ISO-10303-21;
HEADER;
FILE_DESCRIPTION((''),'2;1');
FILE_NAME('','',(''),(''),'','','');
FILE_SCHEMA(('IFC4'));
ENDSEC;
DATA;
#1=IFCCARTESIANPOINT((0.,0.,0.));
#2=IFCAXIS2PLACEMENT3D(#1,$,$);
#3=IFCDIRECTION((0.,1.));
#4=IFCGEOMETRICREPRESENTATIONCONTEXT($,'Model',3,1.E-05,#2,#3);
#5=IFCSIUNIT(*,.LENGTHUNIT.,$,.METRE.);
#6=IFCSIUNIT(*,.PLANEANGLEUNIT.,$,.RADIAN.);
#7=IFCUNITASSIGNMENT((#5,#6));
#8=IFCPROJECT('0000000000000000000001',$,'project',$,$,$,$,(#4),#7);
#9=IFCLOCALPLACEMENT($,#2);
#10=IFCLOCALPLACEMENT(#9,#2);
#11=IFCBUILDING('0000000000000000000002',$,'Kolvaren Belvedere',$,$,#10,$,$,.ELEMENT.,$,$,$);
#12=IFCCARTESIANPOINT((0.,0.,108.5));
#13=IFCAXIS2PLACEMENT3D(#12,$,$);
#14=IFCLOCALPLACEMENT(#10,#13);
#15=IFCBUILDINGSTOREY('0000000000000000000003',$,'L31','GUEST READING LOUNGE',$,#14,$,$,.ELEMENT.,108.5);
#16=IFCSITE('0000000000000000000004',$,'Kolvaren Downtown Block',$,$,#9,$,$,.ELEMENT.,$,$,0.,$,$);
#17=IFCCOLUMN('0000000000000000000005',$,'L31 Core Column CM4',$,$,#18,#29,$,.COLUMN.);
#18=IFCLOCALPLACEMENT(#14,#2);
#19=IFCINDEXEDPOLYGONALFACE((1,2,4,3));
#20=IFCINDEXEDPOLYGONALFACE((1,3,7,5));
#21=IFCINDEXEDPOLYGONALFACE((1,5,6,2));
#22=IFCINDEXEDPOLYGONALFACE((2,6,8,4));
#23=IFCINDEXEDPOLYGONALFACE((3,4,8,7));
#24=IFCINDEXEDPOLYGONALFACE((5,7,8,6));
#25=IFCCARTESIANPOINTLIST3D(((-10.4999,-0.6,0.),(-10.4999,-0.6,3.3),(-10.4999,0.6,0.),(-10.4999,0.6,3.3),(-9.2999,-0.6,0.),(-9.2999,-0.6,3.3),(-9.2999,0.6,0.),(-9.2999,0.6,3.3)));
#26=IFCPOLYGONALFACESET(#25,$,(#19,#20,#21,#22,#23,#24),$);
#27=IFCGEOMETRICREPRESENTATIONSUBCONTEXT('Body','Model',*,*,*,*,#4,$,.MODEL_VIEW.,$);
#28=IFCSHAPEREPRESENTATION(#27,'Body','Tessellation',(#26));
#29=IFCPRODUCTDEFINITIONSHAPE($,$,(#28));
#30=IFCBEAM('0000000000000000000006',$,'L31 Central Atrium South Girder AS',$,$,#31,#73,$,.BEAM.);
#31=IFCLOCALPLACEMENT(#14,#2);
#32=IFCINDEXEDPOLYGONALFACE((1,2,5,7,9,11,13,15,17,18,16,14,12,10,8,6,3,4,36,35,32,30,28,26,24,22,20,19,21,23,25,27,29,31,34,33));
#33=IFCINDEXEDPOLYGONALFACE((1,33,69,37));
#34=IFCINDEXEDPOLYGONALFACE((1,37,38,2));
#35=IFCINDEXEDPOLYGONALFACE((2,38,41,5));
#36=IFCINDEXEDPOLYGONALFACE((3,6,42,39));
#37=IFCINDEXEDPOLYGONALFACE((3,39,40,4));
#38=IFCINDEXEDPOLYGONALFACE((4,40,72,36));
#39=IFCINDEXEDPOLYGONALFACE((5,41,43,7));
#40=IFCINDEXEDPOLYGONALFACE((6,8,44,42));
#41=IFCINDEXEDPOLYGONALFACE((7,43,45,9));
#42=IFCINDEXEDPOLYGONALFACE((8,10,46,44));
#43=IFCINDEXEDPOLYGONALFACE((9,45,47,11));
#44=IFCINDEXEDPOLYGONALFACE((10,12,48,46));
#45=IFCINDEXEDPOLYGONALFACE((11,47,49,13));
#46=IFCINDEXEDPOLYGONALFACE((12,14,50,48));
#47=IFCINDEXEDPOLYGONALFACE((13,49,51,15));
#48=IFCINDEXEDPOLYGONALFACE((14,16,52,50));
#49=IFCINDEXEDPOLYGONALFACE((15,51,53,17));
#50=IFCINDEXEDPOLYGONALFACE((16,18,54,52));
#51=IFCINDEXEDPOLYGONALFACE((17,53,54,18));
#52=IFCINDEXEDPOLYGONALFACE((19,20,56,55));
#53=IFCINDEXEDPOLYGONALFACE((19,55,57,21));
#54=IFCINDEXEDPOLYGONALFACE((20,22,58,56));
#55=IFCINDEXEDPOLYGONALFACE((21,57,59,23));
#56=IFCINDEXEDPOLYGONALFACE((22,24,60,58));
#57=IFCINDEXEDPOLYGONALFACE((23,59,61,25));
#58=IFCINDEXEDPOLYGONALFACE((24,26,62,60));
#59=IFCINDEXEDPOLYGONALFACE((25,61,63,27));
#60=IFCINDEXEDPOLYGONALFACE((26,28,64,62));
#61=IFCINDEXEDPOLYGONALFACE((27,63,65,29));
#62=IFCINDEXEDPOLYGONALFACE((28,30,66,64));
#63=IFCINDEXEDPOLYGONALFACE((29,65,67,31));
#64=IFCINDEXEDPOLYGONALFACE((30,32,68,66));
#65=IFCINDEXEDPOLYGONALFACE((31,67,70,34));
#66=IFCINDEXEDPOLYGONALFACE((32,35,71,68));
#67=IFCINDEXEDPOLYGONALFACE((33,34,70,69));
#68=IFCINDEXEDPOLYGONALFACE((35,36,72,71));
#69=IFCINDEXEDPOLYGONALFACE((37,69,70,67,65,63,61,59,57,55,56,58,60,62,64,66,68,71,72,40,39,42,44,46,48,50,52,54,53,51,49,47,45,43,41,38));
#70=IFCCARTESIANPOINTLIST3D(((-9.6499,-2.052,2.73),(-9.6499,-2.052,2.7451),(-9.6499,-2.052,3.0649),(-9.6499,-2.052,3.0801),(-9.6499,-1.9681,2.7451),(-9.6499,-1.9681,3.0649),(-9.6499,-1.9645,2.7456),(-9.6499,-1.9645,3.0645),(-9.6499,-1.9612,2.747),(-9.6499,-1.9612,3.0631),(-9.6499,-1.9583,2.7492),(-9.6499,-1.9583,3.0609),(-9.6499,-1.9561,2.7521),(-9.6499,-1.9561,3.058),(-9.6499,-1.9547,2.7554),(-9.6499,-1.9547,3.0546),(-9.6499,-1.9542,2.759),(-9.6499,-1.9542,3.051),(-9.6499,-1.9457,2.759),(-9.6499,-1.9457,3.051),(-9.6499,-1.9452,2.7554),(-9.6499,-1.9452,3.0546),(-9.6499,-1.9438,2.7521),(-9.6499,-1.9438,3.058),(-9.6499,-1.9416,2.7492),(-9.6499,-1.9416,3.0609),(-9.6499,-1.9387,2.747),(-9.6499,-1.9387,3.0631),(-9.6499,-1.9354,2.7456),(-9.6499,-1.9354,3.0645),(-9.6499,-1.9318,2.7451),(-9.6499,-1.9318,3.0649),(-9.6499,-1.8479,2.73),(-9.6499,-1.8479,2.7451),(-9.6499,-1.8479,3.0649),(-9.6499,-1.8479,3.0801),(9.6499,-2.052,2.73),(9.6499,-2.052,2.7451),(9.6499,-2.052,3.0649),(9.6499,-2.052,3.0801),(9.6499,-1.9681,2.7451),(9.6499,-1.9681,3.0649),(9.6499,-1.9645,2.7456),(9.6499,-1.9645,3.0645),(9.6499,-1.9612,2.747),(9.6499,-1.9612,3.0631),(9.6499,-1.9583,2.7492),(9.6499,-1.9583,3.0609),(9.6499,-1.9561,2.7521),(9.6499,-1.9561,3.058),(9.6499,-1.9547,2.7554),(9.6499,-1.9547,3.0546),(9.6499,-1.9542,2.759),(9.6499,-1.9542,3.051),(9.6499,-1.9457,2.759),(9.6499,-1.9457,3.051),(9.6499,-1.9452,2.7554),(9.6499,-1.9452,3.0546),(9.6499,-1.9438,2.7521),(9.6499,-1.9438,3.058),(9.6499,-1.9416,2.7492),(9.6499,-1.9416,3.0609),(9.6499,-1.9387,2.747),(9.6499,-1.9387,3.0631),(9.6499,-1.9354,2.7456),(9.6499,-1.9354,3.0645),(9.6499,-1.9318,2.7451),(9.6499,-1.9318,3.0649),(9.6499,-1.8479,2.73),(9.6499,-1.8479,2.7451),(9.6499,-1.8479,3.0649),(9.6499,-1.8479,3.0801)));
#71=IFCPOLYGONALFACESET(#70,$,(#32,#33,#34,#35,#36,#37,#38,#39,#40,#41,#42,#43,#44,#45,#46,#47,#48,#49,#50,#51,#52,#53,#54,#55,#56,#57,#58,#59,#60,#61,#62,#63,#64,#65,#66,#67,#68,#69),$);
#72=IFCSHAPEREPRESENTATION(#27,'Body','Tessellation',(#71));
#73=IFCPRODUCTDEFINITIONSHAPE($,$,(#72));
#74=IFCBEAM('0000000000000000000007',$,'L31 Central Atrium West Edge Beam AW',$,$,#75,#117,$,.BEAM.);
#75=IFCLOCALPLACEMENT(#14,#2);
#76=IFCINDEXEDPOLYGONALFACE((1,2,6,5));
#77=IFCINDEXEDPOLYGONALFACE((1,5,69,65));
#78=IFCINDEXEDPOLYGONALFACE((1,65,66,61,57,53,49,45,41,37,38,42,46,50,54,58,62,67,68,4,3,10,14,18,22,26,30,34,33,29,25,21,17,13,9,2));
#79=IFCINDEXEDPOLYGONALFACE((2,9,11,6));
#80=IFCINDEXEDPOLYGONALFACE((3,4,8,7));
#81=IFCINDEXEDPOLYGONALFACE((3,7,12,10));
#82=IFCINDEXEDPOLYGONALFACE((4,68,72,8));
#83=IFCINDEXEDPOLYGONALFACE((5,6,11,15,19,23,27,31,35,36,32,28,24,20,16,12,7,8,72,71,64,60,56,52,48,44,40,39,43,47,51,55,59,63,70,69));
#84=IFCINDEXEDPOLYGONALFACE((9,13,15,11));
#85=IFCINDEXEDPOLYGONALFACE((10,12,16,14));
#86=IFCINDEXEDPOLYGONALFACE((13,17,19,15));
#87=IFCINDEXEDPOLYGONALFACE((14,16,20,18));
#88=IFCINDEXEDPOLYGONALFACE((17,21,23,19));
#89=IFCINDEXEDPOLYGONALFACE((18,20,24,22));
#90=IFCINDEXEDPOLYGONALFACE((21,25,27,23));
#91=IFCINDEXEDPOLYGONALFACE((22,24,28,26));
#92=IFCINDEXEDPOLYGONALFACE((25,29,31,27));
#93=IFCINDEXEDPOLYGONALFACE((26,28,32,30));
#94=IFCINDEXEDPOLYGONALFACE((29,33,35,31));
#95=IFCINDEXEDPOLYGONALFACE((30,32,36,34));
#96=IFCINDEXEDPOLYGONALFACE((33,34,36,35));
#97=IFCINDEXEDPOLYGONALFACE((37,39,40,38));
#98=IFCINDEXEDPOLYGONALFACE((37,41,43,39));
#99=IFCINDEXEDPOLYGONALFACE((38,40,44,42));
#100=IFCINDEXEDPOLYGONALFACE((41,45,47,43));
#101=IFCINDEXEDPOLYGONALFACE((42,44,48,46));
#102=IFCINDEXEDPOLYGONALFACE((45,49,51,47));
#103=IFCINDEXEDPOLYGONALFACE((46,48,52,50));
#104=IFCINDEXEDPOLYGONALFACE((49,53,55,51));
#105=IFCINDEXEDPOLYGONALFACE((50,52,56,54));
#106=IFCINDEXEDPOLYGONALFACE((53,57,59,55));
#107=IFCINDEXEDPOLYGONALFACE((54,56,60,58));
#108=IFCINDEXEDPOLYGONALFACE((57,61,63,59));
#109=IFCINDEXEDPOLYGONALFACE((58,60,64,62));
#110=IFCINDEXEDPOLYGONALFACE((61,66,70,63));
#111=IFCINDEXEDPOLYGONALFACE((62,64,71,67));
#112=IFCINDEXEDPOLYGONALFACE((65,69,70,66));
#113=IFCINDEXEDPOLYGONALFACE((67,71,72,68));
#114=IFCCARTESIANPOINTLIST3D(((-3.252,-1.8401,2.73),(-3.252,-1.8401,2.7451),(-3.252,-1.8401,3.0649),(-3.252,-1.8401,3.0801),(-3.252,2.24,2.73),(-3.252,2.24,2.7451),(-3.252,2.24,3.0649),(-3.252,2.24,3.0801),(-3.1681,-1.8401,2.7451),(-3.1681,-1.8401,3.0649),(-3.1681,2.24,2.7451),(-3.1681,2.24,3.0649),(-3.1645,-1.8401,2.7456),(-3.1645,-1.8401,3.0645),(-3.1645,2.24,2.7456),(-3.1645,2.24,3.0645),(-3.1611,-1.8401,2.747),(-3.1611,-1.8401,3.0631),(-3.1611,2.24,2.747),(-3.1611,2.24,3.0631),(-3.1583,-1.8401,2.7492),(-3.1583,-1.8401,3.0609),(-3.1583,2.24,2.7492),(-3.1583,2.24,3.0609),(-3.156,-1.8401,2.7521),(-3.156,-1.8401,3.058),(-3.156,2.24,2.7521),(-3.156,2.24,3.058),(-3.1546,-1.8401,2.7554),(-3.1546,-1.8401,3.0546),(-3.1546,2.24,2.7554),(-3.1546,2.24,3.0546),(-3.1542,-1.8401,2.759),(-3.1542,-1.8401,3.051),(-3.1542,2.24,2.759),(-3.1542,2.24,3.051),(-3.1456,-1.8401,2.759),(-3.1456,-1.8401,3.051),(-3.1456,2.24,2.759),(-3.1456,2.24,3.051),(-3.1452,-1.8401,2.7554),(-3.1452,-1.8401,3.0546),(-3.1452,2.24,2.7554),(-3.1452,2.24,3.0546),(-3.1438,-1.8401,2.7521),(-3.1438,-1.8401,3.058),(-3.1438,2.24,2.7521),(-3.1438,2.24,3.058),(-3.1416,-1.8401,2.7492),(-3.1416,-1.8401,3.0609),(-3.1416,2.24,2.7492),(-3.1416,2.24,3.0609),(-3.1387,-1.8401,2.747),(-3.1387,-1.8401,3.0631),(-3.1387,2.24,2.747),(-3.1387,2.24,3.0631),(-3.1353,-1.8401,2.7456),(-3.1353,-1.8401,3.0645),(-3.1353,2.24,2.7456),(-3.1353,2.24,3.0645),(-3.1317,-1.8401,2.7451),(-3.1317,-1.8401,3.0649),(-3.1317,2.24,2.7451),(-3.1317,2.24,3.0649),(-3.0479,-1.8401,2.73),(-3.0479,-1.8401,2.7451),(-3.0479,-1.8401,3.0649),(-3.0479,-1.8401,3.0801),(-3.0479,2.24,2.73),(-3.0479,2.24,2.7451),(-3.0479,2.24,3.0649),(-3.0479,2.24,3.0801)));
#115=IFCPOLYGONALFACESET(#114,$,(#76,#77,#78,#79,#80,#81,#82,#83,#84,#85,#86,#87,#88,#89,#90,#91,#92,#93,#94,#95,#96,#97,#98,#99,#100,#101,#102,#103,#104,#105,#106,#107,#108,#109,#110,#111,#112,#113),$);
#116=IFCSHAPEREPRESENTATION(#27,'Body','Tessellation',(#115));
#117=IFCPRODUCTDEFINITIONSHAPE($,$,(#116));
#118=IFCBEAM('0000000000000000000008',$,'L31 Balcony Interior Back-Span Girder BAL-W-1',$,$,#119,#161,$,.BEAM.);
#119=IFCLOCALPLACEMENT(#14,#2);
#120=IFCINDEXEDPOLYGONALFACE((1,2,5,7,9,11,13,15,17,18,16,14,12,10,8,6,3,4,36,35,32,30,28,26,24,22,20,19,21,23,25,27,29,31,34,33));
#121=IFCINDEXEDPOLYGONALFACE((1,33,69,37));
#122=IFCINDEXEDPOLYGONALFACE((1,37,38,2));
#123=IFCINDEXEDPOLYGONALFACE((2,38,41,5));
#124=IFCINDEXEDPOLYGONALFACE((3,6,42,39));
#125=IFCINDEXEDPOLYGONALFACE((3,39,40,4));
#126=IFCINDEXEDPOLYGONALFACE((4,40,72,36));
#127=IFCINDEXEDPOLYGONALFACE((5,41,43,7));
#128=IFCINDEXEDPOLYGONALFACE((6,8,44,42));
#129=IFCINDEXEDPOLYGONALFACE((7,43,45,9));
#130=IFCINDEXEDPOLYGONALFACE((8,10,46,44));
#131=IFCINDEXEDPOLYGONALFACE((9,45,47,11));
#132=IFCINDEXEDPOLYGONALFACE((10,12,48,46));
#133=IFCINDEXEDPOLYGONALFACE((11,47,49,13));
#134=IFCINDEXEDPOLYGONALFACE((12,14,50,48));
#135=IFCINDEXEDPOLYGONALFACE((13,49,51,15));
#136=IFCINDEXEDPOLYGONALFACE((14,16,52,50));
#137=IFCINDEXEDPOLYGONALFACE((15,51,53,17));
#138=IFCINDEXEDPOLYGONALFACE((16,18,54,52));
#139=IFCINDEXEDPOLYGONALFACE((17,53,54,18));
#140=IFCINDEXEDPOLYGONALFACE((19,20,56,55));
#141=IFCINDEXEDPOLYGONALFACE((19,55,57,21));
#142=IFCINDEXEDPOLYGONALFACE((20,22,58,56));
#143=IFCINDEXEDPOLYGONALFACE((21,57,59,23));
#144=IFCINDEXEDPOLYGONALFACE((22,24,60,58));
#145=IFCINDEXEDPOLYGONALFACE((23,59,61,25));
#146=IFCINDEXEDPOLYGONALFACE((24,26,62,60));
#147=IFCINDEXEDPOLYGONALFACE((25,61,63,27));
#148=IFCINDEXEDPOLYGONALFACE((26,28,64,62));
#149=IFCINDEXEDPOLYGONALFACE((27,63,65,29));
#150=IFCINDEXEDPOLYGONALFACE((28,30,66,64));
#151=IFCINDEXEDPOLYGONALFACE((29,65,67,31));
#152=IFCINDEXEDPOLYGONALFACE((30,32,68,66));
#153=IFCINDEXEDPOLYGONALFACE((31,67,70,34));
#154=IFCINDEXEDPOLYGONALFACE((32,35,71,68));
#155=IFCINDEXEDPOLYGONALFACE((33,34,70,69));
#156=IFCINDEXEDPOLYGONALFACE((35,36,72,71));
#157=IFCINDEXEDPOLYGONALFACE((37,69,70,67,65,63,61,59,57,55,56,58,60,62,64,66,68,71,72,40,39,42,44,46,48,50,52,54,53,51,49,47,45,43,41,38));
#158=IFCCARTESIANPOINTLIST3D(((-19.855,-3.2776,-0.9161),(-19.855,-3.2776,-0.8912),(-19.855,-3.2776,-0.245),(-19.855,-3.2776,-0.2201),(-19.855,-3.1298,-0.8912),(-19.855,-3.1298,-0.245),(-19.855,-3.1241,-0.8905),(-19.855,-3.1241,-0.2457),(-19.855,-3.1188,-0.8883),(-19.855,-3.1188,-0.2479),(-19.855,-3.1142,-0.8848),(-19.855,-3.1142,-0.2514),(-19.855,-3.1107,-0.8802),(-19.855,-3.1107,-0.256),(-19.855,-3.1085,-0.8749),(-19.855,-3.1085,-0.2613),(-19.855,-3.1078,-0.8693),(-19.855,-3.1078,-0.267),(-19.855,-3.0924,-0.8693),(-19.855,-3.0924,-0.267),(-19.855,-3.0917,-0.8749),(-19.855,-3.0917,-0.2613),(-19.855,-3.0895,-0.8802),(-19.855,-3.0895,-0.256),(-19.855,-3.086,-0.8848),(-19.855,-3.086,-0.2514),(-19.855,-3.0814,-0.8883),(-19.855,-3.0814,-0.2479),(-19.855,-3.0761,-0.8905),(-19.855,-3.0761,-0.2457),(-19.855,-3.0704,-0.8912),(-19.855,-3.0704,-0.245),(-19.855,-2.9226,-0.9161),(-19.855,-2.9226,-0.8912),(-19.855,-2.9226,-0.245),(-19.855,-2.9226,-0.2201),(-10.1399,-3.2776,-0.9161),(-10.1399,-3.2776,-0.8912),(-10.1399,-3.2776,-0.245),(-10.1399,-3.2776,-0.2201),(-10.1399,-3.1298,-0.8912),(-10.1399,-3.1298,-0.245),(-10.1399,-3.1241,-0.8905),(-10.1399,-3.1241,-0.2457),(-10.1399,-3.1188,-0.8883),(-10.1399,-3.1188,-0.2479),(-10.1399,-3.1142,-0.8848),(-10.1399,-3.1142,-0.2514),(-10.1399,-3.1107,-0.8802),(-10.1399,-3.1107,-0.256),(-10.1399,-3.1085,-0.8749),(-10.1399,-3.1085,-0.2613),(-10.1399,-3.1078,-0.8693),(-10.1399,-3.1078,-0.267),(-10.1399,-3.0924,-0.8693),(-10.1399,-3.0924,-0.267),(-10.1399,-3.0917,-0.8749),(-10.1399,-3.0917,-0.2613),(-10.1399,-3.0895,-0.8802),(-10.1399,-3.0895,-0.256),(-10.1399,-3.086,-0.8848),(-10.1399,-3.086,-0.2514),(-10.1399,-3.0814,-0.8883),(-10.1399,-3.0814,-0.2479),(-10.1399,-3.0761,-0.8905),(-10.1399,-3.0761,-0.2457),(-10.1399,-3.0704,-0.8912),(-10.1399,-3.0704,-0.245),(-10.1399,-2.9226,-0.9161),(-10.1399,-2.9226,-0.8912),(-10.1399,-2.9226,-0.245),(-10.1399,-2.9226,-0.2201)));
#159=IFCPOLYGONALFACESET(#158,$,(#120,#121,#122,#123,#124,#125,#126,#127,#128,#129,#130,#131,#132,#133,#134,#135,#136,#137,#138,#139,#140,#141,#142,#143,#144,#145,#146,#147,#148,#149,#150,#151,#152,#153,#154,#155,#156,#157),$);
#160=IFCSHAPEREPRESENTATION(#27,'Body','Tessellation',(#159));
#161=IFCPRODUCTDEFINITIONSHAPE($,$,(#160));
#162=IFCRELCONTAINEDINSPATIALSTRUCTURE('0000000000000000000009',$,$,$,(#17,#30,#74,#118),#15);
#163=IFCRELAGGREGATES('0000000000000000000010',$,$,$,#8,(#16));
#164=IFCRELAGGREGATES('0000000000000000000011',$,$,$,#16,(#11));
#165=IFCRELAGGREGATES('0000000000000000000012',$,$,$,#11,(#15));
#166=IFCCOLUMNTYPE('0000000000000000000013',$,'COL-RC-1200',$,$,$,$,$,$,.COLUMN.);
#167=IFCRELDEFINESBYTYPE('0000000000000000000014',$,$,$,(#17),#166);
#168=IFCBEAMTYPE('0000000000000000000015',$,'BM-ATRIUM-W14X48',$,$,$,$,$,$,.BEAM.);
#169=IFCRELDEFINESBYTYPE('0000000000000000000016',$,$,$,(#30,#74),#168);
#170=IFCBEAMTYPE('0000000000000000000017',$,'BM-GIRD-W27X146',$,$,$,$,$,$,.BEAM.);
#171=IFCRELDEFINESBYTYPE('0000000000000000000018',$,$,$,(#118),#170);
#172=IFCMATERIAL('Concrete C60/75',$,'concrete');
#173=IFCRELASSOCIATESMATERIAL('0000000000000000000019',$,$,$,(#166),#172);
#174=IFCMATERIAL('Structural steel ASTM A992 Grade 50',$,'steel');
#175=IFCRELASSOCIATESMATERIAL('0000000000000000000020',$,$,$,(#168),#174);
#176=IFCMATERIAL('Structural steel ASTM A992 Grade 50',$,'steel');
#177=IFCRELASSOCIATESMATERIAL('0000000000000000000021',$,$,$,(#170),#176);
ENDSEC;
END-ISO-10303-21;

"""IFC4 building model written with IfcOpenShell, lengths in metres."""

from ifc_helpers import new_model, si_unit, direction, frame, origin, origin_2d, place, context, subcontext, project, spatial, rectangle, i_section, extrude, material, material_profile, profile_set, type_object, element, save


model = new_model("IFC4")

# Units and contexts
model_context = context("Model", 3, precision=1e-05, world=origin(), true_north=direction((0.0, 1.0)))
body_context = subcontext(model_context, "Body", "Model", "MODEL_VIEW")
ifc_project = project(units=[si_unit("LENGTHUNIT", "METRE"), si_unit("PLANEANGLEUNIT", "RADIAN")], contexts=[model_context])

# Site, building, storey
site_placement = place(None, origin())
site = spatial("IfcSite", under=ifc_project, at=site_placement, Name="Kolvaren Downtown Block", CompositionType="ELEMENT", RefElevation=0.0)
building_placement = place(site_placement, origin())
building = spatial("IfcBuilding", under=site, at=building_placement, Name="Kolvaren Belvedere", CompositionType="ELEMENT")
storey_placement = place(building_placement, frame((0.0, 0.0, 108.5)))
storey = spatial("IfcBuildingStorey", under=building, at=storey_placement, Name="L31", Description="GUEST READING LOUNGE", CompositionType="ELEMENT", Elevation=108.5)

# Column
ifc_material_1 = material(Name="Concrete C60/75", Category="concrete")
ifc_material_profile_1 = material_profile(ifc_material_1, rectangle(XDim=1.2, YDim=1.2, at=origin_2d()), Name="RC 1200X1200")
ifc_profile_set_1 = profile_set([ifc_material_profile_1], Name="Concrete C60/75")
column_type = type_object("IfcColumnType", Name="COL-RC-1200", PredefinedType="COLUMN", material=ifc_profile_set_1)
column_placement = place(storey_placement, frame((-9.8999, 0.0, 0.0), z_axis=(0.0, 0.0, 1.0), x_axis=(1.0, 0.0, 0.0)))
element("IfcColumn", 1, at=column_placement, inside=storey, type_object=column_type, Name="L31 Core Column CM4", PredefinedType="COLUMN", context=body_context, shape_type="SweptSolid", body=[
    extrude(rectangle(XDim=1.2, YDim=1.2, at=origin_2d()), origin(), (0.0, 0.0, 1.0), 3.3),
])

# Beams
ifc_material_2 = material(Name="Structural steel ASTM A992 Grade 50", Category="steel")
ifc_material_profile_2 = material_profile(ifc_material_2, i_section(OverallWidth=0.2041, OverallDepth=0.3501, WebThickness=0.0085, FlangeThickness=0.0151, FilletRadius=0.0139, at=origin_2d()), Name="W14X48")
ifc_profile_set_2 = profile_set([ifc_material_profile_2], Name="Structural steel ASTM A992 Grade 50")
beam_type_1 = type_object("IfcBeamType", Name="BM-ATRIUM-W14X48", PredefinedType="BEAM", material=ifc_profile_set_2)
beam_1_placement = place(storey_placement, frame((-9.6499, -1.95, 2.905), z_axis=(1.0, 0.0, 0.0), x_axis=(0.0, 1.0, 0.0)))
element("IfcBeam", 2, at=beam_1_placement, inside=storey, type_object=beam_type_1, Name="L31 Central Atrium South Girder AS", PredefinedType="BEAM", context=body_context, shape_type="SweptSolid", body=[
    extrude(i_section(OverallWidth=0.2041, OverallDepth=0.3501, WebThickness=0.0085, FlangeThickness=0.0151, FilletRadius=0.0139, at=origin_2d()), origin(), (0.0, 0.0, 1.0), 19.2998),
])
beam_2_placement = place(storey_placement, frame((-3.1499, -1.8401, 2.905), z_axis=(0.0, 1.0, 0.0), x_axis=(-1.0, 0.0, 0.0)))
element("IfcBeam", 3, at=beam_2_placement, inside=storey, type_object=beam_type_1, Name="L31 Central Atrium West Edge Beam AW", PredefinedType="BEAM", context=body_context, shape_type="SweptSolid", body=[
    extrude(i_section(OverallWidth=0.2041, OverallDepth=0.3501, WebThickness=0.0085, FlangeThickness=0.0151, FilletRadius=0.0139, at=origin_2d()), origin(), (0.0, 0.0, 1.0), 4.0801),
])
ifc_material_3 = material(Name="Structural steel ASTM A992 Grade 50", Category="steel")
ifc_material_profile_3 = material_profile(ifc_material_3, i_section(OverallWidth=0.355, OverallDepth=0.696, WebThickness=0.0154, FlangeThickness=0.0249, FilletRadius=0.022, at=origin_2d()), Name="W27X146")
ifc_profile_set_3 = profile_set([ifc_material_profile_3], Name="Structural steel ASTM A992 Grade 50")
beam_type_2 = type_object("IfcBeamType", Name="BM-GIRD-W27X146", PredefinedType="BEAM", material=ifc_profile_set_3)
beam_3_placement = place(storey_placement, frame((-10.1399, -3.1001, -0.5681), z_axis=(-1.0, 0.0, 0.0), x_axis=(0.0, -1.0, 0.0)))
element("IfcBeam", 4, at=beam_3_placement, inside=storey, type_object=beam_type_2, Name="L31 Balcony Interior Back-Span Girder BAL-W-1", PredefinedType="BEAM", context=body_context, shape_type="SweptSolid", body=[
    extrude(i_section(OverallWidth=0.355, OverallDepth=0.696, WebThickness=0.0154, FlangeThickness=0.0249, FilletRadius=0.022, at=origin_2d()), origin(), (0.0, 0.0, 1.0), 9.7151),
])

save(model, "model.ifc")
